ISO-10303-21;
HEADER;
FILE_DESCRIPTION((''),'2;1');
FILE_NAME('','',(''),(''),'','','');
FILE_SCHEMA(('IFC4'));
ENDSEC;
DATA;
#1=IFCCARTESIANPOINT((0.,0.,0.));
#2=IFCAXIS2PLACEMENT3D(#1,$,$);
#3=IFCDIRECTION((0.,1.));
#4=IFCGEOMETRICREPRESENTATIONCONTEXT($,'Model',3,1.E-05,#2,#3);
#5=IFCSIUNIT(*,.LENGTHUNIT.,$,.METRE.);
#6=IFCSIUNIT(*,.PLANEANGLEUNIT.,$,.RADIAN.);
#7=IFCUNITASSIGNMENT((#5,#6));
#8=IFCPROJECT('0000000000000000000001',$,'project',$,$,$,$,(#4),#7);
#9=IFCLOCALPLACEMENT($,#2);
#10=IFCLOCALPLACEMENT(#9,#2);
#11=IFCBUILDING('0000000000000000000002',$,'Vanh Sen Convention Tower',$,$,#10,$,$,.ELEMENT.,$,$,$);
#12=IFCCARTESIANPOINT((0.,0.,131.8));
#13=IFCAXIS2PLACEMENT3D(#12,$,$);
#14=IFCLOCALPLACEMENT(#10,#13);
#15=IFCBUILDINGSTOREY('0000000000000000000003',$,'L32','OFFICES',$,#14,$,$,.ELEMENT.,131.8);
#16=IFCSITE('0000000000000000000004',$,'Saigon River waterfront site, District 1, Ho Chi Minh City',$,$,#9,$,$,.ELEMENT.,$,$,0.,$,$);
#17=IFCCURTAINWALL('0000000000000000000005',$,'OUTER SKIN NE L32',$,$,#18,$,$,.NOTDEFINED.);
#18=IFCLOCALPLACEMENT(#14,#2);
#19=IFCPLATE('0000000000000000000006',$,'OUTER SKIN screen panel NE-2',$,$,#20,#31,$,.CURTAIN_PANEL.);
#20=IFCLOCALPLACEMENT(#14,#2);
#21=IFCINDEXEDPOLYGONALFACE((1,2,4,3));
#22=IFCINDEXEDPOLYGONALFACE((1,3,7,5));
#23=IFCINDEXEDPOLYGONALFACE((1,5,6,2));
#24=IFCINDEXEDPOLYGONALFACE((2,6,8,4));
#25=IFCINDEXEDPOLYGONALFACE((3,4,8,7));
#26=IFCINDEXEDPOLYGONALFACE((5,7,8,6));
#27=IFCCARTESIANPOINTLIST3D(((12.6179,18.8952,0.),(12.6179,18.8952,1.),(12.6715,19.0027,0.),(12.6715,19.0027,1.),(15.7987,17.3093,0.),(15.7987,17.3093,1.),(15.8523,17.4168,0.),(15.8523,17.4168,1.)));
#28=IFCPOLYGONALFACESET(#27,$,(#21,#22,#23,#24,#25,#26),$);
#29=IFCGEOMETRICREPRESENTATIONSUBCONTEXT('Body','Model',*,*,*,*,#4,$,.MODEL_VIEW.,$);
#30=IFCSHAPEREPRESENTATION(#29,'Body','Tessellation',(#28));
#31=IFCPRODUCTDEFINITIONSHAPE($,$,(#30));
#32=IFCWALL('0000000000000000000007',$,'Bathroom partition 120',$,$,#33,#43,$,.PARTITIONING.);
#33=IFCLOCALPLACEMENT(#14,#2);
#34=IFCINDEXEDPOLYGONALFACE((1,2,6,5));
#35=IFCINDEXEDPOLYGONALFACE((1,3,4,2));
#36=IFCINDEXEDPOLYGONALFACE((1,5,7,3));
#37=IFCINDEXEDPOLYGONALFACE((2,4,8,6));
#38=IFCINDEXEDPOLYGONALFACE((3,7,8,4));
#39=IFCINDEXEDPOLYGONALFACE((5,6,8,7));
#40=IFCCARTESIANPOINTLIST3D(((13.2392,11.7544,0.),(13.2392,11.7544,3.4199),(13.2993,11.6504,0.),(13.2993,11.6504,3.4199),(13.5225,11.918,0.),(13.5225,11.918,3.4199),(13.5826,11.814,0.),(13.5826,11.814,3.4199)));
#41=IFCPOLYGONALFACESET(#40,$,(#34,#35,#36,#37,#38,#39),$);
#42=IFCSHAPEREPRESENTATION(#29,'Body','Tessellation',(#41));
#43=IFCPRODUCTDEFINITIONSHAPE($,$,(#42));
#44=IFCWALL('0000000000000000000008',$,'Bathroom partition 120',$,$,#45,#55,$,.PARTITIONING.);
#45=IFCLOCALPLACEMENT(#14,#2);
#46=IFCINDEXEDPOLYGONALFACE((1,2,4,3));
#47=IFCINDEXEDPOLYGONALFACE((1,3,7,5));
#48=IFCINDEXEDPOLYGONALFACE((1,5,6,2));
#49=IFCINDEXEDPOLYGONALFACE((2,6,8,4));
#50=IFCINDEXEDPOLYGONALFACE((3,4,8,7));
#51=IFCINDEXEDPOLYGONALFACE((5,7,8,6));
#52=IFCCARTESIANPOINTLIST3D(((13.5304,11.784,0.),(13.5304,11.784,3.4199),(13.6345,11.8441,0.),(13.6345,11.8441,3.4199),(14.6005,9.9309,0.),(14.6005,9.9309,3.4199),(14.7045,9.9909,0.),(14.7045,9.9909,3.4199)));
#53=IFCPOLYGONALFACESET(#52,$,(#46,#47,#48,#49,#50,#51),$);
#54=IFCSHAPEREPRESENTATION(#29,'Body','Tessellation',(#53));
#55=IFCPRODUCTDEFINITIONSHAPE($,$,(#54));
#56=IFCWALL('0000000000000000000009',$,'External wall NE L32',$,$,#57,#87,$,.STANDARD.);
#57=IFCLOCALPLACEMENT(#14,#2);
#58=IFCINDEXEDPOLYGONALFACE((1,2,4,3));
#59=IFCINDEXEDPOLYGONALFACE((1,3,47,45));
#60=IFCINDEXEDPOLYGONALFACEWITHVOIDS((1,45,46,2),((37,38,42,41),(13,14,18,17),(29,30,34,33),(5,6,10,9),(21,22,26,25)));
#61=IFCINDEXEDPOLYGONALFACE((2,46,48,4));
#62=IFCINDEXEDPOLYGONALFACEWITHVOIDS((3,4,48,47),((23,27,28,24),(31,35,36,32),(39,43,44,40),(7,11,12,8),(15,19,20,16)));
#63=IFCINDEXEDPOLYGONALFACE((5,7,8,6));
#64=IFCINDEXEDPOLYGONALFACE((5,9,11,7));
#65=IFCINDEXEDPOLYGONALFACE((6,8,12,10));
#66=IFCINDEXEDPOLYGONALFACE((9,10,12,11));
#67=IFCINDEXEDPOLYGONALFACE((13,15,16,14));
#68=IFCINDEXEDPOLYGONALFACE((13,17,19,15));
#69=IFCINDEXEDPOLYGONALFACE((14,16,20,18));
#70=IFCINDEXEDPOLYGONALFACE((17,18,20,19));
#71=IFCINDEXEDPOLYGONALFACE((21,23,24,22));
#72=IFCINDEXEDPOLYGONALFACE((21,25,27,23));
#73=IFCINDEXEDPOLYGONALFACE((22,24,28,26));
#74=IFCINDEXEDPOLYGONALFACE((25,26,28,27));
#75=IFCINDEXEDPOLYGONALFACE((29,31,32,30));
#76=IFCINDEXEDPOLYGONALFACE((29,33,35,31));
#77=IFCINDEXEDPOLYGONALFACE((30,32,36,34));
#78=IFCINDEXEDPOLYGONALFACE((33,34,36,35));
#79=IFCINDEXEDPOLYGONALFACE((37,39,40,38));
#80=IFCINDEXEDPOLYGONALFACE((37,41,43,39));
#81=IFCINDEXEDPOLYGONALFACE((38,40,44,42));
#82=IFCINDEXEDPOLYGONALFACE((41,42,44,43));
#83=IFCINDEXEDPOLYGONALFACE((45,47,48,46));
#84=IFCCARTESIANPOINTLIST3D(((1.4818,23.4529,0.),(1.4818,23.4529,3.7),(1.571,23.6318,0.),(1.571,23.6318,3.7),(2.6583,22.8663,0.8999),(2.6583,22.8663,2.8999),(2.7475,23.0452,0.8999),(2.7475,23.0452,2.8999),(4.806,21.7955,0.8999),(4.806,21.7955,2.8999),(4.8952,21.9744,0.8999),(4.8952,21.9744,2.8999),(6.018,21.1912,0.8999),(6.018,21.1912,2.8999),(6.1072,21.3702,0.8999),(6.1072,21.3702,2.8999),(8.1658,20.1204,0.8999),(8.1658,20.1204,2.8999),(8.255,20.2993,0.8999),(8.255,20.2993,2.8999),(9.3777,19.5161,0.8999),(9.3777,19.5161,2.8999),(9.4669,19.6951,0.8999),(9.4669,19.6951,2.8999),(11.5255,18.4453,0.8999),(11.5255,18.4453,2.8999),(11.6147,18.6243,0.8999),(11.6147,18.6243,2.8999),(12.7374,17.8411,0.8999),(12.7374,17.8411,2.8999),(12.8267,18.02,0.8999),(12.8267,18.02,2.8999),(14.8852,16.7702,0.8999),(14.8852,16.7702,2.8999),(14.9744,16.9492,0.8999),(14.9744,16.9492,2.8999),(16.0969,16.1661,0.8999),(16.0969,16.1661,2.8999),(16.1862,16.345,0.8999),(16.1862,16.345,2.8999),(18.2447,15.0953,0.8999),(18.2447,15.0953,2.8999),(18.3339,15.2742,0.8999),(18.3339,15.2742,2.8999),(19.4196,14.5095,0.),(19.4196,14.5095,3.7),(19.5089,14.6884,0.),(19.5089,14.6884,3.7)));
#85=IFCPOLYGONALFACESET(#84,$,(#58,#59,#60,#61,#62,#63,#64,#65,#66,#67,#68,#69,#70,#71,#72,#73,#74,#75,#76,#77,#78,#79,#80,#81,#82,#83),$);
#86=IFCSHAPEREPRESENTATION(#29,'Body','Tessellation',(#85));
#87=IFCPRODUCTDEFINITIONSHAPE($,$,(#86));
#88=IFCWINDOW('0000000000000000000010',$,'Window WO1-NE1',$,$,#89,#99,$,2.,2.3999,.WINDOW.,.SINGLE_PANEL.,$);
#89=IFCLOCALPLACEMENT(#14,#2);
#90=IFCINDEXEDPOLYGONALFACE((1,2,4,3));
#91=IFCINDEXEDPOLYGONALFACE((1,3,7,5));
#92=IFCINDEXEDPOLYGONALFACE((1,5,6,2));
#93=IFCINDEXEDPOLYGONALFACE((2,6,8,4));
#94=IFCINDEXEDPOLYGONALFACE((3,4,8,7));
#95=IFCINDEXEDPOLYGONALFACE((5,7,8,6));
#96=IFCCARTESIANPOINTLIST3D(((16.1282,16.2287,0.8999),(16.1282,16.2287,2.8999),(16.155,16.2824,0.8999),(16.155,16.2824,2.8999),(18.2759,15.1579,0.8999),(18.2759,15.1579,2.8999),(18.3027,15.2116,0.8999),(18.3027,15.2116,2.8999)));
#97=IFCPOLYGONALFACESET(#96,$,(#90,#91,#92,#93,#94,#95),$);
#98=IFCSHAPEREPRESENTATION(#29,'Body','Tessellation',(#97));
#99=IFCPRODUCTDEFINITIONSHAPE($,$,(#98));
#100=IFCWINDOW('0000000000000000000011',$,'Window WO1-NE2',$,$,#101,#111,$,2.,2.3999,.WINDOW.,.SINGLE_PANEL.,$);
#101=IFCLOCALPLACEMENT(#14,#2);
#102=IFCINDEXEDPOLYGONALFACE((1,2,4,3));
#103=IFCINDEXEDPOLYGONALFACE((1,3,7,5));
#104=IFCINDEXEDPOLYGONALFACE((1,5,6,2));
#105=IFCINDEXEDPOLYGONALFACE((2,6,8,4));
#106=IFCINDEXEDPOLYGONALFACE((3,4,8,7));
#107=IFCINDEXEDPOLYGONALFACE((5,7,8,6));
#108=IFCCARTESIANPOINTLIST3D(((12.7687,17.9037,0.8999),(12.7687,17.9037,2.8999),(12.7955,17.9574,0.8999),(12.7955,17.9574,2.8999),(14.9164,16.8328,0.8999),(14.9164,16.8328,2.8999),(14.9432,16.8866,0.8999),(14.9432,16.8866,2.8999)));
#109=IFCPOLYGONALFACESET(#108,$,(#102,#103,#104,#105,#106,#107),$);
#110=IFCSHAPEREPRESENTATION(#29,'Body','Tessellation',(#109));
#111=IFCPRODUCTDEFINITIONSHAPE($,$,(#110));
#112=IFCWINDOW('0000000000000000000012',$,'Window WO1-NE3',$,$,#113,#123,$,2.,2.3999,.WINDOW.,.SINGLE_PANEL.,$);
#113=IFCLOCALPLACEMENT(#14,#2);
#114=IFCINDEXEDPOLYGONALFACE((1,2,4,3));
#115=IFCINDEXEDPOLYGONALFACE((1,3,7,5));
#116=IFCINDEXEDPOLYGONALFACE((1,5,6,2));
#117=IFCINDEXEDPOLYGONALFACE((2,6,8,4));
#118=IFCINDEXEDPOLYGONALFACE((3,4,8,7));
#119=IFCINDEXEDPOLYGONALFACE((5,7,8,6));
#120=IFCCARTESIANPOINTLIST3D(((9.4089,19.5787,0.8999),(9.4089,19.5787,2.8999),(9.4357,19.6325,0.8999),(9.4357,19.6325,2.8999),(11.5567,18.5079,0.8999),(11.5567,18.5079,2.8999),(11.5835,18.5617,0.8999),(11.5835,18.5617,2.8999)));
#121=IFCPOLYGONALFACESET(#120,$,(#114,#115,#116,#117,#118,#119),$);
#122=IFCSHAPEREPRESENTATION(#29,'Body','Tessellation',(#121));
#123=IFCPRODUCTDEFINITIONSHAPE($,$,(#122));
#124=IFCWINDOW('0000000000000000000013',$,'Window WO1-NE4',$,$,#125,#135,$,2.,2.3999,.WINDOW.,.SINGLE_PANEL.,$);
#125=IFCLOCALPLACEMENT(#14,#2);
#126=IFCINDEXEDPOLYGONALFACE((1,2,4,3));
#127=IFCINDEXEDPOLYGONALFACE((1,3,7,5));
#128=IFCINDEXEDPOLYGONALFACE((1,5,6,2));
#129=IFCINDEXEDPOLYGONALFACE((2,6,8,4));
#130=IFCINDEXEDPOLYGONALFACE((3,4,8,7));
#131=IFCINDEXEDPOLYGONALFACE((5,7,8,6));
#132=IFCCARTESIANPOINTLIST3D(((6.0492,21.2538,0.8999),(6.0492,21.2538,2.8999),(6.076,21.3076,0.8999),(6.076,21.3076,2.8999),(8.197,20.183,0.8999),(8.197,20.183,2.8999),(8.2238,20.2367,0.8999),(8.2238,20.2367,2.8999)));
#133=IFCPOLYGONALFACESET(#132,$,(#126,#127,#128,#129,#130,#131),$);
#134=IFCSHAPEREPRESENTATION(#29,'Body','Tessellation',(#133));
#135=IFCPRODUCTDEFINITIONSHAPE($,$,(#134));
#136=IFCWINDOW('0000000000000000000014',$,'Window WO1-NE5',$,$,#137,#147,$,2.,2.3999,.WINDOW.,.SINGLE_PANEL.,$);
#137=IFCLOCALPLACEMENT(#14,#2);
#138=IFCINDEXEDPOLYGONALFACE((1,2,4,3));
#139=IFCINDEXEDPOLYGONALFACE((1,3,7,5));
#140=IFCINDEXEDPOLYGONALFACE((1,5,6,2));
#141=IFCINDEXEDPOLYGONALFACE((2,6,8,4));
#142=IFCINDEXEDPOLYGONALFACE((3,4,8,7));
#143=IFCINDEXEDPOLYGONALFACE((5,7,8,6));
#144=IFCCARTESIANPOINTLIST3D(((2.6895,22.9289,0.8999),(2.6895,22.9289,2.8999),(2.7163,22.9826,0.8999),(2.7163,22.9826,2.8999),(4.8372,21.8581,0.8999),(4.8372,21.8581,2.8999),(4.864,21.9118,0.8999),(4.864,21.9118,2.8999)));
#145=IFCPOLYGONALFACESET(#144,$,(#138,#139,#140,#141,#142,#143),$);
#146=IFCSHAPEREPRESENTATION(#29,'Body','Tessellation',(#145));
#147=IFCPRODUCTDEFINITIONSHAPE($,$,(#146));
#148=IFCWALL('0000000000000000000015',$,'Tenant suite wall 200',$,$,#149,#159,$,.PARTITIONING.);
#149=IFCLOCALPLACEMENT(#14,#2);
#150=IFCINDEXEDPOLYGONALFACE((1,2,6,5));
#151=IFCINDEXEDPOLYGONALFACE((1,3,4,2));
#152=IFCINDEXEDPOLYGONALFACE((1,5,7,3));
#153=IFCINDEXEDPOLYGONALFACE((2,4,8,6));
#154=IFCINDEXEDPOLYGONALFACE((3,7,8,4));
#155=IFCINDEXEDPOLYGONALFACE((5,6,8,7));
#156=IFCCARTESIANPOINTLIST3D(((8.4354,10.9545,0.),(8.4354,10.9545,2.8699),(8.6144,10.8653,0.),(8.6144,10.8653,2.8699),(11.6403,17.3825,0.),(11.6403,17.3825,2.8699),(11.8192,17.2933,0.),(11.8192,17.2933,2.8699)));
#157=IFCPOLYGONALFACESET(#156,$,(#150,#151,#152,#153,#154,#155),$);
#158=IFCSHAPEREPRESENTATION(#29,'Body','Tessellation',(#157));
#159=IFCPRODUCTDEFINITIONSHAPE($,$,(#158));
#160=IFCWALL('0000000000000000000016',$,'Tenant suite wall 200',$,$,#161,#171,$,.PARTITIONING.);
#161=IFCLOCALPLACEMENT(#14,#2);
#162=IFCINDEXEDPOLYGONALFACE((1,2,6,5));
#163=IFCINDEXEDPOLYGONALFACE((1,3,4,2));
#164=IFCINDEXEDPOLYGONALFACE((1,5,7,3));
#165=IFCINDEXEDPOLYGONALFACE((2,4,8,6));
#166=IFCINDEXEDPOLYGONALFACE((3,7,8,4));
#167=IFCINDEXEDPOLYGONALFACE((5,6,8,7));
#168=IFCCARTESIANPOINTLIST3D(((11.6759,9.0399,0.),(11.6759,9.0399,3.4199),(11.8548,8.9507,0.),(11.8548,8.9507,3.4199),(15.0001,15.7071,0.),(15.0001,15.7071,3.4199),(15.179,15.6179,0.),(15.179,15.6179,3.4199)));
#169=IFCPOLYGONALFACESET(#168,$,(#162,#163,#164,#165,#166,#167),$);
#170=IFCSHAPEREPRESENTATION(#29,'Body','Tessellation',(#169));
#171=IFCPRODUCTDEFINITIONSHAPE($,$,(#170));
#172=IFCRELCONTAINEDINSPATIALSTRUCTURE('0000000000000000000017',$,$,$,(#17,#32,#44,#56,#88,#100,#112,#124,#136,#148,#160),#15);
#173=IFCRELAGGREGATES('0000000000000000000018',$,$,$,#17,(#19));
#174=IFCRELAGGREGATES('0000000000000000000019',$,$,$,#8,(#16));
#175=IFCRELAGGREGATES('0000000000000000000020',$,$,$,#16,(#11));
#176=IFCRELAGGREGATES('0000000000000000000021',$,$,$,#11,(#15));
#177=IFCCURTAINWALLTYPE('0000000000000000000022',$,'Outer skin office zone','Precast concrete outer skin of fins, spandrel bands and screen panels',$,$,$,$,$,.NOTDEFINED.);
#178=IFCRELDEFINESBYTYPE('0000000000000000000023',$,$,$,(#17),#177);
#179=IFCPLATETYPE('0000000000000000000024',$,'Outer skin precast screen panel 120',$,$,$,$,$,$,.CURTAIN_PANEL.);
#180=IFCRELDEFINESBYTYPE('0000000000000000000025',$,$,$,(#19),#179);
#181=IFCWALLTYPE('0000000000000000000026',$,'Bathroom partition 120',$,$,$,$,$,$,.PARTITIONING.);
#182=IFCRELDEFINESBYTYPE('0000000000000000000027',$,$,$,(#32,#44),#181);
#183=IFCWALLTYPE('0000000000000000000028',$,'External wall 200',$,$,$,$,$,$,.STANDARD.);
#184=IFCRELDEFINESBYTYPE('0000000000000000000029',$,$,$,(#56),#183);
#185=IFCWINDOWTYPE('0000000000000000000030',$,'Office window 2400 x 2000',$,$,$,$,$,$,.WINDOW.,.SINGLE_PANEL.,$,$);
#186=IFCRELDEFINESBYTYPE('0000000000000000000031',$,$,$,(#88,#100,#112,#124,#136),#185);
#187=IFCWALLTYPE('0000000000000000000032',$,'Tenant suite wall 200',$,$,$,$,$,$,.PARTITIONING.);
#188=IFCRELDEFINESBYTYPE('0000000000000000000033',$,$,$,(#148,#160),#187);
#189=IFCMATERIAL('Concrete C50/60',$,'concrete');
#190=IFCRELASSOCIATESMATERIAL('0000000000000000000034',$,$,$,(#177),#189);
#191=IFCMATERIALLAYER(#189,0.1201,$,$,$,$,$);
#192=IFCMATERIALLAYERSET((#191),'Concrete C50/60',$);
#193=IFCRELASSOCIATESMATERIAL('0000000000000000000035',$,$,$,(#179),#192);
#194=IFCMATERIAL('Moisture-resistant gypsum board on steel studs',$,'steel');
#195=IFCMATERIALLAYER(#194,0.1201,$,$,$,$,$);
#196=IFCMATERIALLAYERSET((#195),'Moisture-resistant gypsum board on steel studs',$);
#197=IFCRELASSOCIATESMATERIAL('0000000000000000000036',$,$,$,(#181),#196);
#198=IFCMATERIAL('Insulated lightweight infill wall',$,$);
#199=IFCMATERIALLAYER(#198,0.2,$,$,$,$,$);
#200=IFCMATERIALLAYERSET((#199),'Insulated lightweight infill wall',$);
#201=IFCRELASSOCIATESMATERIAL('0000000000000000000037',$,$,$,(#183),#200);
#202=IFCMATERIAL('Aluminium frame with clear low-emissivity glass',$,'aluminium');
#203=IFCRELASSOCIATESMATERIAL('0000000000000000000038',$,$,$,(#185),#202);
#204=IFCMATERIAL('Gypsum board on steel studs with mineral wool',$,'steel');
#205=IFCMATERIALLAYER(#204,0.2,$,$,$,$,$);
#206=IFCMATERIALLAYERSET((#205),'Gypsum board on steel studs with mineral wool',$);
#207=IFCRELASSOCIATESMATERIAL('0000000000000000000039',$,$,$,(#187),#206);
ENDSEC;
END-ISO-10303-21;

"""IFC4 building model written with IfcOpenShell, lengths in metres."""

from ifc_helpers import new_model, si_unit, direction, frame, frame_2d, origin, origin_2d, place, context, subcontext, project, spatial, rectangle, extrude, material, layer, layer_set, type_object, element, fill, aggregate, save


model = new_model("IFC4")

# Units and contexts
model_context = context("Model", 3, precision=1e-05, world=origin(), true_north=direction((0.0, 1.0)))
body_context = subcontext(model_context, "Body", "Model", "MODEL_VIEW")
ifc_project = project(units=[si_unit("LENGTHUNIT", "METRE"), si_unit("PLANEANGLEUNIT", "RADIAN")], contexts=[model_context])

# Site, building, storey
site_placement = place(None, origin())
site = spatial("IfcSite", under=ifc_project, at=site_placement, Name="Saigon River waterfront site, District 1, Ho Chi Minh City", CompositionType="ELEMENT", RefElevation=0.0)
building_placement = place(site_placement, origin())
building = spatial("IfcBuilding", under=site, at=building_placement, Name="Vanh Sen Convention Tower", CompositionType="ELEMENT")
storey_placement = place(building_placement, frame((0.0, 0.0, 131.8)))
storey = spatial("IfcBuildingStorey", under=building, at=storey_placement, Name="L32", Description="OFFICES", CompositionType="ELEMENT", Elevation=131.8)

# Curtain wall
ifc_material_1 = material(Name="Concrete C50/60", Category="concrete")
curtain_wall_type = type_object("IfcCurtainWallType", Name="Outer skin office zone", Description="Precast concrete outer skin of fins, spandrel bands and screen panels", PredefinedType="NOTDEFINED", material=ifc_material_1)
curtain_wall_1_placement = place(storey_placement, origin())
curtain_wall_1 = element("IfcCurtainWall", 1, at=curtain_wall_1_placement, inside=storey, type_object=curtain_wall_type, Name="OUTER SKIN NE L32", PredefinedType="NOTDEFINED")

# Shared definitions
ifc_layer_1 = layer(ifc_material_1, 0.1201)
ifc_layer_set_1 = layer_set([ifc_layer_1], Name="Concrete C50/60")
plate_type = type_object("IfcPlateType", Name="Outer skin precast screen panel 120", PredefinedType="CURTAIN_PANEL", material=ifc_layer_set_1)

# Plate
plate_1_placement = place(storey_placement, frame((14.2351, 18.156, 0.0), z_axis=(0.0, 0.0, 1.0), x_axis=(-0.894933, 0.446201, 0.0)))
plate_1 = element("IfcPlate", 2, at=plate_1_placement, type_object=plate_type, Name="OUTER SKIN screen panel NE-2", PredefinedType="CURTAIN_PANEL", context=body_context, shape_type="SweptSolid", body=[
    extrude(rectangle(XDim=3.5542, YDim=0.1201, at=origin_2d()), origin(), (0.0, 0.0, 1.0), 1.0),
])
aggregate(curtain_wall_1, [plate_1])

# Walls
ifc_material_2 = material(Name="Moisture-resistant gypsum board on steel studs", Category="steel")
ifc_layer_2 = layer(ifc_material_2, 0.1201)
ifc_layer_set_2 = layer_set([ifc_layer_2], Name="Moisture-resistant gypsum board on steel studs")
wall_type_1 = type_object("IfcWallType", Name="Bathroom partition 120", PredefinedType="PARTITIONING", material=ifc_layer_set_2)
wall_1_placement = place(storey_placement, frame((13.2693, 11.7024, 0.0), z_axis=(0.0, 0.0, 1.0), x_axis=(0.865937, 0.500153, 0.0)))
element("IfcWall", 3, at=wall_1_placement, inside=storey, type_object=wall_type_1, Name="Bathroom partition 120", PredefinedType="PARTITIONING", context=body_context, shape_type="SweptSolid", body=[
    extrude(rectangle(XDim=0.3271, YDim=0.1201, at=frame_2d((0.1636, 0.0))), origin(), (0.0, 0.0, 1.0), 3.4199),
])
wall_2_placement = place(storey_placement, frame((13.5825, 11.814, 0.0), z_axis=(0.0, 0.0, 1.0), x_axis=(0.500029, -0.866009, 0.0)))
element("IfcWall", 4, at=wall_2_placement, inside=storey, type_object=wall_type_1, Name="Bathroom partition 120", PredefinedType="PARTITIONING", context=body_context, shape_type="SweptSolid", body=[
    extrude(rectangle(XDim=2.1399, YDim=0.1201, at=frame_2d((1.0698, 0.0))), origin(), (0.0, 0.0, 1.0), 3.4199),
])

# Wall, openings, windows
ifc_material_3 = material(Name="Insulated lightweight infill wall")
ifc_layer_3 = layer(ifc_material_3, 0.2)
ifc_layer_set_3 = layer_set([ifc_layer_3], Name="Insulated lightweight infill wall")
wall_type_2 = type_object("IfcWallType", Name="External wall 200", PredefinedType="STANDARD", material=ifc_layer_set_3)
wall_3_placement = place(storey_placement, frame((19.4644, 14.5989, 0.0), z_axis=(0.0, 0.0, 1.0), x_axis=(-0.894936, 0.446195, 0.0)))
wall_3 = element("IfcWall", 5, at=wall_3_placement, inside=storey, type_object=wall_type_2, Name="External wall NE L32", PredefinedType="STANDARD", context=body_context, shape_type="SweptSolid", body=[
    extrude(rectangle(XDim=20.0437, YDim=0.2, at=frame_2d((10.022, 0.0))), origin(), (0.0, 0.0, 1.0), 3.7),
])
opening_1_placement = place(wall_3_placement, frame((1.313, 0.0, 0.8999)))
opening_1 = element("IfcOpeningElement", 6, at=opening_1_placement, cuts=wall_3, PredefinedType="OPENING", context=body_context, shape_type="SweptSolid", body=[
    extrude(rectangle(XDim=2.3999, YDim=2.0, at=frame_2d((1.2, 1.0))), frame((0.0, 0.1099, 0.0), z_axis=(0.0, -1.0, 0.0), x_axis=(1.0, 0.0, 0.0)), (0.0, 0.0, 1.0), 0.22),
])
opening_2_placement = place(wall_3_placement, frame((5.0669, 0.0, 0.8999)))
opening_2 = element("IfcOpeningElement", 7, at=opening_2_placement, cuts=wall_3, PredefinedType="OPENING", context=body_context, shape_type="SweptSolid", body=[
    extrude(rectangle(XDim=2.3999, YDim=2.0, at=frame_2d((1.2, 1.0))), frame((0.0, 0.1099, 0.0), z_axis=(0.0, -1.0, 0.0), x_axis=(1.0, 0.0, 0.0)), (0.0, 0.0, 1.0), 0.22),
])
opening_3_placement = place(wall_3_placement, frame((8.821, 0.0, 0.8999)))
opening_3 = element("IfcOpeningElement", 8, at=opening_3_placement, cuts=wall_3, PredefinedType="OPENING", context=body_context, shape_type="SweptSolid", body=[
    extrude(rectangle(XDim=2.3999, YDim=2.0, at=frame_2d((1.2, 1.0))), frame((0.0, 0.1099, 0.0), z_axis=(0.0, -1.0, 0.0), x_axis=(1.0, 0.0, 0.0)), (0.0, 0.0, 1.0), 0.22),
])
opening_4_placement = place(wall_3_placement, frame((12.5752, 0.0, 0.8999)))
opening_4 = element("IfcOpeningElement", 9, at=opening_4_placement, cuts=wall_3, PredefinedType="OPENING", context=body_context, shape_type="SweptSolid", body=[
    extrude(rectangle(XDim=2.3999, YDim=2.0, at=frame_2d((1.2, 1.0))), frame((0.0, 0.1099, 0.0), z_axis=(0.0, -1.0, 0.0), x_axis=(1.0, 0.0, 0.0)), (0.0, 0.0, 1.0), 0.22),
])
opening_5_placement = place(wall_3_placement, frame((16.3293, 0.0, 0.8999)))
opening_5 = element("IfcOpeningElement", 10, at=opening_5_placement, cuts=wall_3, PredefinedType="OPENING", context=body_context, shape_type="SweptSolid", body=[
    extrude(rectangle(XDim=2.3999, YDim=2.0, at=frame_2d((1.2, 1.0))), frame((0.0, 0.1099, 0.0), z_axis=(0.0, -1.0, 0.0), x_axis=(1.0, 0.0, 0.0)), (0.0, 0.0, 1.0), 0.22),
])
ifc_material_4 = material(Name="Aluminium frame with clear low-emissivity glass", Category="aluminium")
window_type = type_object("IfcWindowType", Name="Office window 2400 x 2000", PartitioningType="SINGLE_PANEL", PredefinedType="WINDOW", material=ifc_material_4)
window_1_placement = place(opening_1_placement, origin())
window_1 = element("IfcWindow", 11, at=window_1_placement, inside=storey, type_object=window_type, Name="Window WO1-NE1", OverallHeight=2.0, OverallWidth=2.3999, PartitioningType="SINGLE_PANEL", PredefinedType="WINDOW", context=body_context, shape_type="SweptSolid", body=[
    extrude(rectangle(XDim=2.3999, YDim=2.0, at=frame_2d((1.2, 1.0))), frame((0.0, 0.03, 0.0), z_axis=(0.0, -1.0, 0.0), x_axis=(1.0, 0.0, 0.0)), (0.0, 0.0, 1.0), 0.0601),
])
fill(opening_1, window_1)
window_2_placement = place(opening_2_placement, origin())
window_2 = element("IfcWindow", 12, at=window_2_placement, inside=storey, type_object=window_type, Name="Window WO1-NE2", OverallHeight=2.0, OverallWidth=2.3999, PartitioningType="SINGLE_PANEL", PredefinedType="WINDOW", context=body_context, shape_type="SweptSolid", body=[
    extrude(rectangle(XDim=2.3999, YDim=2.0, at=frame_2d((1.2, 1.0))), frame((0.0, 0.03, 0.0), z_axis=(0.0, -1.0, 0.0), x_axis=(1.0, 0.0, 0.0)), (0.0, 0.0, 1.0), 0.0601),
])
fill(opening_2, window_2)
window_3_placement = place(opening_3_placement, origin())
window_3 = element("IfcWindow", 13, at=window_3_placement, inside=storey, type_object=window_type, Name="Window WO1-NE3", OverallHeight=2.0, OverallWidth=2.3999, PartitioningType="SINGLE_PANEL", PredefinedType="WINDOW", context=body_context, shape_type="SweptSolid", body=[
    extrude(rectangle(XDim=2.3999, YDim=2.0, at=frame_2d((1.2, 1.0))), frame((0.0, 0.03, 0.0), z_axis=(0.0, -1.0, 0.0), x_axis=(1.0, 0.0, 0.0)), (0.0, 0.0, 1.0), 0.0601),
])
fill(opening_3, window_3)
window_4_placement = place(opening_4_placement, origin())
window_4 = element("IfcWindow", 14, at=window_4_placement, inside=storey, type_object=window_type, Name="Window WO1-NE4", OverallHeight=2.0, OverallWidth=2.3999, PartitioningType="SINGLE_PANEL", PredefinedType="WINDOW", context=body_context, shape_type="SweptSolid", body=[
    extrude(rectangle(XDim=2.3999, YDim=2.0, at=frame_2d((1.2, 1.0))), frame((0.0, 0.03, 0.0), z_axis=(0.0, -1.0, 0.0), x_axis=(1.0, 0.0, 0.0)), (0.0, 0.0, 1.0), 0.0601),
])
fill(opening_4, window_4)
window_5_placement = place(opening_5_placement, origin())
window_5 = element("IfcWindow", 15, at=window_5_placement, inside=storey, type_object=window_type, Name="Window WO1-NE5", OverallHeight=2.0, OverallWidth=2.3999, PartitioningType="SINGLE_PANEL", PredefinedType="WINDOW", context=body_context, shape_type="SweptSolid", body=[
    extrude(rectangle(XDim=2.3999, YDim=2.0, at=frame_2d((1.2, 1.0))), frame((0.0, 0.03, 0.0), z_axis=(0.0, -1.0, 0.0), x_axis=(1.0, 0.0, 0.0)), (0.0, 0.0, 1.0), 0.0601),
])
fill(opening_5, window_5)

# Walls
ifc_material_5 = material(Name="Gypsum board on steel studs with mineral wool", Category="steel")
ifc_layer_4 = layer(ifc_material_5, 0.2)
ifc_layer_set_4 = layer_set([ifc_layer_4], Name="Gypsum board on steel studs with mineral wool")
wall_type_3 = type_object("IfcWallType", Name="Tenant suite wall 200", PredefinedType="PARTITIONING", material=ifc_layer_set_4)
wall_4_placement = place(storey_placement, frame((11.7297, 17.3379, 0.0), z_axis=(0.0, 0.0, 1.0), x_axis=(-0.446194, -0.894936, 0.0)))
element("IfcWall", 16, at=wall_4_placement, inside=storey, type_object=wall_type_3, Name="Tenant suite wall 200", PredefinedType="PARTITIONING", context=body_context, shape_type="SweptSolid", body=[
    extrude(rectangle(XDim=7.1826, YDim=0.2, at=frame_2d((3.5913, 0.0))), origin(), (0.0, 0.0, 1.0), 2.8699),
])
wall_5_placement = place(storey_placement, frame((15.0896, 15.6626, 0.0), z_axis=(0.0, 0.0, 1.0), x_axis=(-0.446204, -0.894931, 0.0)))
element("IfcWall", 17, at=wall_5_placement, inside=storey, type_object=wall_type_3, Name="Tenant suite wall 200", PredefinedType="PARTITIONING", context=body_context, shape_type="SweptSolid", body=[
    extrude(rectangle(XDim=7.45, YDim=0.2, at=frame_2d((3.7251, 0.0))), origin(), (0.0, 0.0, 1.0), 3.4199),
])

save(model, "model.ifc")
